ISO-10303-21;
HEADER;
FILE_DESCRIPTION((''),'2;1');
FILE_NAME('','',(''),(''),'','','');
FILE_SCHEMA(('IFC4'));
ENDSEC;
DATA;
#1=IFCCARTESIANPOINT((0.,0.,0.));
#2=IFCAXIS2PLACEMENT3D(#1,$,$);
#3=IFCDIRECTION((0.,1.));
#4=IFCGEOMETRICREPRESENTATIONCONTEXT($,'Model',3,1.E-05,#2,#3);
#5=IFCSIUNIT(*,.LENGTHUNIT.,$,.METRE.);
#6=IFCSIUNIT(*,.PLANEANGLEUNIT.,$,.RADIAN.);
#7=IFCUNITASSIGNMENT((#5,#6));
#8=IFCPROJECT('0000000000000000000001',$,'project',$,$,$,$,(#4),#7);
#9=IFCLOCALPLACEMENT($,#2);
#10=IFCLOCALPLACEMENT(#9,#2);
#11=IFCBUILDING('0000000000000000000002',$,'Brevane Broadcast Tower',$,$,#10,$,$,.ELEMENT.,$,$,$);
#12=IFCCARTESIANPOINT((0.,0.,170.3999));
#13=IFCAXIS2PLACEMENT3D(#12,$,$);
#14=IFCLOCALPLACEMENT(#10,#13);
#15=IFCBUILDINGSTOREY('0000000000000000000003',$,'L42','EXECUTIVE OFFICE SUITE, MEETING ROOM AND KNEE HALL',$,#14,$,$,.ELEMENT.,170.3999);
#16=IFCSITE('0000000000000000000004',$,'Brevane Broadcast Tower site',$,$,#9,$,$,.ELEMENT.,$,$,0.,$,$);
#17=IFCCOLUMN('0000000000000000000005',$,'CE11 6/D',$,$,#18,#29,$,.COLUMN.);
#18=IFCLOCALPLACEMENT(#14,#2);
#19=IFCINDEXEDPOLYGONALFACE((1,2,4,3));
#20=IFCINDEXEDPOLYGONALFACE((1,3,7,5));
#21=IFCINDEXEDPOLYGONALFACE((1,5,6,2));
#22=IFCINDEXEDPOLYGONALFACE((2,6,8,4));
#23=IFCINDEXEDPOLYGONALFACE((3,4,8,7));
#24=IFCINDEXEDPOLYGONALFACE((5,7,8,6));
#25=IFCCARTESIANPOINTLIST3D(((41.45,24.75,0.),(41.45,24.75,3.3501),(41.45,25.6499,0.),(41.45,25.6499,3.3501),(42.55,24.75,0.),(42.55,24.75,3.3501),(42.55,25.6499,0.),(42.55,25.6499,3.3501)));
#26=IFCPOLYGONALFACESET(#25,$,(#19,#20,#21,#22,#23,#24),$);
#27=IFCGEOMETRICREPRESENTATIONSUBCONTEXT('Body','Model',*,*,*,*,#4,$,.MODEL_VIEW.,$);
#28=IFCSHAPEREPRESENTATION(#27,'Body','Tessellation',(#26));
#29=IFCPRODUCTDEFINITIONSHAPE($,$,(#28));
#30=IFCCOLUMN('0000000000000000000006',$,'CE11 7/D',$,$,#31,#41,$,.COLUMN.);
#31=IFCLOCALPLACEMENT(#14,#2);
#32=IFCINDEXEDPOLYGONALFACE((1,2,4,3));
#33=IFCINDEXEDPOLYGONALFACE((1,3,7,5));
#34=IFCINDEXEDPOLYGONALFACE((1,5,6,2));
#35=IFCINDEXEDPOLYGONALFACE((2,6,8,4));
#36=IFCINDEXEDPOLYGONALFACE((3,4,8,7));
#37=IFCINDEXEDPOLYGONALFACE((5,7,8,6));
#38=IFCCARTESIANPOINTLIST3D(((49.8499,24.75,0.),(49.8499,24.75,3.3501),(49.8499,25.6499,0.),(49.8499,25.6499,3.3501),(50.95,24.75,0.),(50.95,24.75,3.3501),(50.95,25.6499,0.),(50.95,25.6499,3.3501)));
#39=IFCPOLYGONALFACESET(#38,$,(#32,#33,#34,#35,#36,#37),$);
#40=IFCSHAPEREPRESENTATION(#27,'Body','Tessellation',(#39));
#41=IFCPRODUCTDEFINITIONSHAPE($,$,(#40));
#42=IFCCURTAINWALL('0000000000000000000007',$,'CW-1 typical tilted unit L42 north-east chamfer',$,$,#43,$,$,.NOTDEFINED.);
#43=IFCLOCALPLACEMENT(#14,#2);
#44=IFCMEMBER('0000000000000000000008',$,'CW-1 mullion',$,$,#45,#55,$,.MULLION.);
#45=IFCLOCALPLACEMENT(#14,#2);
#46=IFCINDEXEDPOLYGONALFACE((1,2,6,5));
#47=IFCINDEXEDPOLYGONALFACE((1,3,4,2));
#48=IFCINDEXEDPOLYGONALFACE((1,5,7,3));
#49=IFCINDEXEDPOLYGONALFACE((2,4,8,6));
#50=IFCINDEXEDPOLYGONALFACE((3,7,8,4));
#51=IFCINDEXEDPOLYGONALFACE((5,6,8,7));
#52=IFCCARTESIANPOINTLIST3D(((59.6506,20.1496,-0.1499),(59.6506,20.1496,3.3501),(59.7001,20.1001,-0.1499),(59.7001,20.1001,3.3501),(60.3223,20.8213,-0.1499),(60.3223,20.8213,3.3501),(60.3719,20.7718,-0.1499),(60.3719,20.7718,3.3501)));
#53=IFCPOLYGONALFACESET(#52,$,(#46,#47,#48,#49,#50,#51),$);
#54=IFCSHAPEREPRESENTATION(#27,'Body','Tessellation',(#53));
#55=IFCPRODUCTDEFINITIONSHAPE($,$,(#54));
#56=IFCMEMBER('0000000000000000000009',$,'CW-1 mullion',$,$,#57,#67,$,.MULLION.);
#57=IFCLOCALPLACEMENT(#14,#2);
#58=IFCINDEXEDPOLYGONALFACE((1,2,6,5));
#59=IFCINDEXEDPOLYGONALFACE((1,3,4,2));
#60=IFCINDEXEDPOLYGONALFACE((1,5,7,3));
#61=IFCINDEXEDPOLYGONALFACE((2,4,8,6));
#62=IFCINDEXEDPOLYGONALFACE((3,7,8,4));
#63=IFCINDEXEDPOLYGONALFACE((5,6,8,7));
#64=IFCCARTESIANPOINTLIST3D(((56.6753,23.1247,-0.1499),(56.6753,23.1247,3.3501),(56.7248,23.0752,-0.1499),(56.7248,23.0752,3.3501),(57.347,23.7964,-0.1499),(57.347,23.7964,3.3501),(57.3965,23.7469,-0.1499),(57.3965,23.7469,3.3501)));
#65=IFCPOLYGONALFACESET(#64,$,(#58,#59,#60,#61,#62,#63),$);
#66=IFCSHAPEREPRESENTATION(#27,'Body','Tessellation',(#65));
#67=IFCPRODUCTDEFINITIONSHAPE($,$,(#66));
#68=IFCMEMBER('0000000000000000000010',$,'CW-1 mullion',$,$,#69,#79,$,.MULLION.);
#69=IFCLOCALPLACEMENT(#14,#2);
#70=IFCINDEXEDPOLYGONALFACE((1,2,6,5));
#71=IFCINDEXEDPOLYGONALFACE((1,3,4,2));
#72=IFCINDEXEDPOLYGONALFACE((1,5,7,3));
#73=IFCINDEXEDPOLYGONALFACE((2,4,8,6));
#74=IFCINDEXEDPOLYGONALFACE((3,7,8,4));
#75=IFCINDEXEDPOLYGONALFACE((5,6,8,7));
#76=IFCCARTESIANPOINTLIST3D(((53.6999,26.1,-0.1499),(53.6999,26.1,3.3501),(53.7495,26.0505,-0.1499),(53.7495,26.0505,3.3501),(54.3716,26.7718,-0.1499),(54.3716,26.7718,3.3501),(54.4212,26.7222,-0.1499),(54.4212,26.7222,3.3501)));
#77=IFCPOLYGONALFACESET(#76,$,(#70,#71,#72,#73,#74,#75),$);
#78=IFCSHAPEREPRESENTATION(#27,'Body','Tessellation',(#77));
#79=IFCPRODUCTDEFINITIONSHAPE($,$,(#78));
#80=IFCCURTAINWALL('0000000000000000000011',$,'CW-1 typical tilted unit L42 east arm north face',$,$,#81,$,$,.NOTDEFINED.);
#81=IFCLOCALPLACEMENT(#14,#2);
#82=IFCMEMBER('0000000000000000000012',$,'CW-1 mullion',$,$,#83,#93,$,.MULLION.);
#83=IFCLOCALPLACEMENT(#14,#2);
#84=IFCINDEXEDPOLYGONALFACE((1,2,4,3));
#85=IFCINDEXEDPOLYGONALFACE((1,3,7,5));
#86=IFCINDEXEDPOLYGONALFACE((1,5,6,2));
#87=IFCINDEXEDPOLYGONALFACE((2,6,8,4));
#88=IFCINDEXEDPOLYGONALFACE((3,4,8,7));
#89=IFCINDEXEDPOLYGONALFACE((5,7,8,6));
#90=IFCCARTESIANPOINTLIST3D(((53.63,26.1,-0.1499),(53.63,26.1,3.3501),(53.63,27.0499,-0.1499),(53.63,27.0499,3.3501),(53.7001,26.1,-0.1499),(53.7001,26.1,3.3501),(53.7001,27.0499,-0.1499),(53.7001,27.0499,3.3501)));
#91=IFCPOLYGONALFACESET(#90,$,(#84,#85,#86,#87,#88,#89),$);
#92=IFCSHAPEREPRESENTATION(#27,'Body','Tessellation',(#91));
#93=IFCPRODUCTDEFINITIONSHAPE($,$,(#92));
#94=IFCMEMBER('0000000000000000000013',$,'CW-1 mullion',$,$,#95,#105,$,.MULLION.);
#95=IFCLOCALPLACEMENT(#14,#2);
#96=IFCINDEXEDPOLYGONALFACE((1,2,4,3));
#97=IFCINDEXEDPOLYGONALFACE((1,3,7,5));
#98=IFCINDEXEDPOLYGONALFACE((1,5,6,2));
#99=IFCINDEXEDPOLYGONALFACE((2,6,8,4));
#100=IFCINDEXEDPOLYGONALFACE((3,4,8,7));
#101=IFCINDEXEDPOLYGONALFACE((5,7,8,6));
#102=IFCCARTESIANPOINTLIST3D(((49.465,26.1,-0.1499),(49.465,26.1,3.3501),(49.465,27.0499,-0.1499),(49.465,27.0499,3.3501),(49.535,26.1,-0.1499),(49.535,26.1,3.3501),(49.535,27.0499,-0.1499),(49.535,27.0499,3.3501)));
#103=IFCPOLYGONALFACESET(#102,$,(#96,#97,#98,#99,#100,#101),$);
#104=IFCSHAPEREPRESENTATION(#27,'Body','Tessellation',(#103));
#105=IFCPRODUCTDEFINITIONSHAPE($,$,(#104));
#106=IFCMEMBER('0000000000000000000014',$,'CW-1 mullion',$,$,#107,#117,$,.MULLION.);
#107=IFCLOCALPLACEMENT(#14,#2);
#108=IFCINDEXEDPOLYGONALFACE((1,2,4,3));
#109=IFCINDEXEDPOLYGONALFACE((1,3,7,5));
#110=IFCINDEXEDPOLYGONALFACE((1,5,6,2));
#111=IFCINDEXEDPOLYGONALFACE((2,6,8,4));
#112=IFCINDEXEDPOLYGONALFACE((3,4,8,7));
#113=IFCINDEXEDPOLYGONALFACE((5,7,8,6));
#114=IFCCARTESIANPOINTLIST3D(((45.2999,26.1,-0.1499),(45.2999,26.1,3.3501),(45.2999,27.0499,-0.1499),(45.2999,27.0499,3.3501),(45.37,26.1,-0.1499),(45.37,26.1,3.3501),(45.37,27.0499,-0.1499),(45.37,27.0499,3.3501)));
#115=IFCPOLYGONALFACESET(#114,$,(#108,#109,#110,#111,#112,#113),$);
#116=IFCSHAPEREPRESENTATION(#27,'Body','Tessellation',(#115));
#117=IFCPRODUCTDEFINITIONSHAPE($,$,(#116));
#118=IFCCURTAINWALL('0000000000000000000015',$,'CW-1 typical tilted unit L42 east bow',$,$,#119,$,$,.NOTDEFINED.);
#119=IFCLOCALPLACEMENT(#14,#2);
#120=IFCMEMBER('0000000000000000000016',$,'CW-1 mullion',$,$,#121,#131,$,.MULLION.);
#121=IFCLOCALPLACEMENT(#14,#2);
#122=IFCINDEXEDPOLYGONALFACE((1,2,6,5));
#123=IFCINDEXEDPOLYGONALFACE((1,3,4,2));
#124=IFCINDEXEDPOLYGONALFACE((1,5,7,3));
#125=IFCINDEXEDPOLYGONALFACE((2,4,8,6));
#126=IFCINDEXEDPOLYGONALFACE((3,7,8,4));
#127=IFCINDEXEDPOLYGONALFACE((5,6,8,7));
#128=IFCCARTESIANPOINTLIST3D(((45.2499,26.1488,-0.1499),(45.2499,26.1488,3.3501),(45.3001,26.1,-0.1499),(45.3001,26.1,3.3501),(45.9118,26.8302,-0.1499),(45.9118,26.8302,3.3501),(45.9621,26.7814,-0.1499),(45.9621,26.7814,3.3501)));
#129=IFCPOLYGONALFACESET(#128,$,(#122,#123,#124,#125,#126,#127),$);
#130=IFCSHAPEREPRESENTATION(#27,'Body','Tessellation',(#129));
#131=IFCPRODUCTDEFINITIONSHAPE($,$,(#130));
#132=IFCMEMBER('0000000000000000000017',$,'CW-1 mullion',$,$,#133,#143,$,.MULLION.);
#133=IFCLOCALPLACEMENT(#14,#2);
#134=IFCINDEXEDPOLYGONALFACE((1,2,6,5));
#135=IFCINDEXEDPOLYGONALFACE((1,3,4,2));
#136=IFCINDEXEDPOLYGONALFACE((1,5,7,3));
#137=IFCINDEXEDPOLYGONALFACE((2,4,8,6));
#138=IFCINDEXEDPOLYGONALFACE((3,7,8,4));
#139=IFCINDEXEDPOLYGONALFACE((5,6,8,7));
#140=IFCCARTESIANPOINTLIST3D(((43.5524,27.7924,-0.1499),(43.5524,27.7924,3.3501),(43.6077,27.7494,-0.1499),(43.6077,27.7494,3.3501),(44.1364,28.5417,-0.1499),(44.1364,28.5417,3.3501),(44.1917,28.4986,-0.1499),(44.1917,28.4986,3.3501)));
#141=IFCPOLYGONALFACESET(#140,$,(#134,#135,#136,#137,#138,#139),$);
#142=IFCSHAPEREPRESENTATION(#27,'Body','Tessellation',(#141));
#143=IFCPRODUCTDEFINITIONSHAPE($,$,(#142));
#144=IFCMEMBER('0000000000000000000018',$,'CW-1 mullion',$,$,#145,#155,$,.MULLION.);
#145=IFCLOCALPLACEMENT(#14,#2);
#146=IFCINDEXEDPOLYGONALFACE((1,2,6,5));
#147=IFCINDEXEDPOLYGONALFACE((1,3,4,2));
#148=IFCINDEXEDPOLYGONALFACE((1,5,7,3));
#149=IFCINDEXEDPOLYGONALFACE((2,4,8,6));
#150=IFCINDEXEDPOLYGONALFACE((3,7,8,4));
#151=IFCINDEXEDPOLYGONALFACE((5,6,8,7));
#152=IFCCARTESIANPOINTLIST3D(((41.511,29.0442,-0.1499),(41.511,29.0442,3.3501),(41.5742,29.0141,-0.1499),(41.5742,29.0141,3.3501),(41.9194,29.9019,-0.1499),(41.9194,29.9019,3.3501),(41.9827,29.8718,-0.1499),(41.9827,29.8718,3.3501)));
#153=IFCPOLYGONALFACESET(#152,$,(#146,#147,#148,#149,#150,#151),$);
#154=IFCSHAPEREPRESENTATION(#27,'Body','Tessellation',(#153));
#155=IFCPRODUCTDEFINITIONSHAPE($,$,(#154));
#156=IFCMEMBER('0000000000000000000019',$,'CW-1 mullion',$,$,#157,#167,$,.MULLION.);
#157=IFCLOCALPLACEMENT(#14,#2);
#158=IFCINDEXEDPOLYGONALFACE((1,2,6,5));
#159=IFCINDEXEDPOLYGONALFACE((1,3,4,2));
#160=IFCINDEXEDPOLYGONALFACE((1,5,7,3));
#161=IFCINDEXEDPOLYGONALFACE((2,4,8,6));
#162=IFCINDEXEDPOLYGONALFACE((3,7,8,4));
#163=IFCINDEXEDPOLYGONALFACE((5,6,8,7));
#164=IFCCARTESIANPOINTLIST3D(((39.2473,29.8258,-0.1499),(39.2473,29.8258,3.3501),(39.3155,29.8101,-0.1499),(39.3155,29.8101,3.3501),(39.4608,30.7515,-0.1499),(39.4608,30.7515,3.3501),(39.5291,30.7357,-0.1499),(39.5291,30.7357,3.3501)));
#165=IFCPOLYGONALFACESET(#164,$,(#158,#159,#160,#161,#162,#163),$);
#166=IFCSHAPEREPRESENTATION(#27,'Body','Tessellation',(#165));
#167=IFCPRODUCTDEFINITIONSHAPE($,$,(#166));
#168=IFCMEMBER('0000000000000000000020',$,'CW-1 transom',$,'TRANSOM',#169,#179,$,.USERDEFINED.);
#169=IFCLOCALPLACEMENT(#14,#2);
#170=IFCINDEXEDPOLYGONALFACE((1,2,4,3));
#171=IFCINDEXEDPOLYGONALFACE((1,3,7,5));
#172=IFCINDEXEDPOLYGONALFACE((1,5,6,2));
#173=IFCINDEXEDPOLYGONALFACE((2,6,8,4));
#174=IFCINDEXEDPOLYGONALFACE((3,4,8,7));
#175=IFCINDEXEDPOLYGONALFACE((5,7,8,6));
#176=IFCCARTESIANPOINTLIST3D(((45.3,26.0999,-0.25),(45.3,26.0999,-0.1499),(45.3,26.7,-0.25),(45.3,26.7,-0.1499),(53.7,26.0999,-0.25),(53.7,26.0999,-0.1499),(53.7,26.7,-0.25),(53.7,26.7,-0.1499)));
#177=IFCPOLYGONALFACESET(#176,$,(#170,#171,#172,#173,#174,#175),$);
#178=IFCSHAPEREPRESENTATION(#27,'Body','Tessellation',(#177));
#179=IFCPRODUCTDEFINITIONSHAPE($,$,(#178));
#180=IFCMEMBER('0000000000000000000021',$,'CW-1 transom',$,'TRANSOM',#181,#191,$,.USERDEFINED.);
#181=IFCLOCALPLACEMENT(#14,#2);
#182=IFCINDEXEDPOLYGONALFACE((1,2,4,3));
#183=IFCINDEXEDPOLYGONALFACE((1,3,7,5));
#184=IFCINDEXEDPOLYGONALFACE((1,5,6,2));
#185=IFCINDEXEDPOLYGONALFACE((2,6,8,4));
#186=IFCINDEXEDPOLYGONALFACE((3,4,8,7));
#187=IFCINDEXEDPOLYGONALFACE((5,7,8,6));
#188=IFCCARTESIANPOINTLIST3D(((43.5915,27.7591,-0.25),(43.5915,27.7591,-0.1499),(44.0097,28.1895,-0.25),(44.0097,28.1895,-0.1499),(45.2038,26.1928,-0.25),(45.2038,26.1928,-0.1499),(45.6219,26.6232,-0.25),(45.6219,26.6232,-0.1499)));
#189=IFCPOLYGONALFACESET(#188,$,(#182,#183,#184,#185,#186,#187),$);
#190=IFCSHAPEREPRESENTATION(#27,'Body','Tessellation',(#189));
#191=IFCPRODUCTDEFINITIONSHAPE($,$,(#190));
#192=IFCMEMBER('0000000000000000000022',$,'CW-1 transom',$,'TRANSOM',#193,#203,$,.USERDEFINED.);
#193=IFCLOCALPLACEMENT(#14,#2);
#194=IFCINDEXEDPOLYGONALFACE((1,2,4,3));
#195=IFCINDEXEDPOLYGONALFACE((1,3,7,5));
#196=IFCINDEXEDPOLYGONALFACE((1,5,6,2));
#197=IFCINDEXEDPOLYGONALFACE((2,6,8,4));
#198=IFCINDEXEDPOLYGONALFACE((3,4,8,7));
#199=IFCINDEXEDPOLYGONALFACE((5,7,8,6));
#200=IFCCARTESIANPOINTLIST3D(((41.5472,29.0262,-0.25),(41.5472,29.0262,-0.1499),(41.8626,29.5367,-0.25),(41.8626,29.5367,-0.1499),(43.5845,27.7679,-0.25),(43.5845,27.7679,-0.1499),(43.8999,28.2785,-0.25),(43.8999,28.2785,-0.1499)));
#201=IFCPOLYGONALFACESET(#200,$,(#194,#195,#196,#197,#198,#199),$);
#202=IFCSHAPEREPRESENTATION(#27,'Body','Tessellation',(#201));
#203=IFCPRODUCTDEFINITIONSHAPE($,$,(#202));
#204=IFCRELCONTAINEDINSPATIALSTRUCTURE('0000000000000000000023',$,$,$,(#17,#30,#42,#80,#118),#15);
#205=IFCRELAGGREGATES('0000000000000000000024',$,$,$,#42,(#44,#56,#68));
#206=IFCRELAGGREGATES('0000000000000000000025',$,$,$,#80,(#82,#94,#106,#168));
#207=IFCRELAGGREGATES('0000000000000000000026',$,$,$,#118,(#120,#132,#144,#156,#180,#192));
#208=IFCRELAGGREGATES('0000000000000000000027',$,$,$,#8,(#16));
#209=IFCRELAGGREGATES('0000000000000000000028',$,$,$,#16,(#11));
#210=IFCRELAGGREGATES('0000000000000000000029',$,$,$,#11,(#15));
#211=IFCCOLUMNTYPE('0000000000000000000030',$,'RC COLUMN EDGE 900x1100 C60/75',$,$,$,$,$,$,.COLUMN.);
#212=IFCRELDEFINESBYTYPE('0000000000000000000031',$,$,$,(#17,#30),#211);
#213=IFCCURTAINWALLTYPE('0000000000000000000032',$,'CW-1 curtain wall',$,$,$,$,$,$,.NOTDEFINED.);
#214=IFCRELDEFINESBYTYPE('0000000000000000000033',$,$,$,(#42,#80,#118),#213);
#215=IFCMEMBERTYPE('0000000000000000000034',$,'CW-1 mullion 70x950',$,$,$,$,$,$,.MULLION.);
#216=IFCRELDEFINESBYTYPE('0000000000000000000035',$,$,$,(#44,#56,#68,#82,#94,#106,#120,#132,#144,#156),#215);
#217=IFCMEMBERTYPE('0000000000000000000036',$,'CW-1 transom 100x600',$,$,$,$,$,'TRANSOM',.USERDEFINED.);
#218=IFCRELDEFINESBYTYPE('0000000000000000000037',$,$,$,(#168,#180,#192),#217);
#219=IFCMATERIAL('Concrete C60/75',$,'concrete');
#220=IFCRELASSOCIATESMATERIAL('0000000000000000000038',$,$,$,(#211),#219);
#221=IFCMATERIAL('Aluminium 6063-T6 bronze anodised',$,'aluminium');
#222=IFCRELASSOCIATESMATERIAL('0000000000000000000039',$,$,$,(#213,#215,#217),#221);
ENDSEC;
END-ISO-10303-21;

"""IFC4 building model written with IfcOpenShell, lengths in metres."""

from ifc_helpers import new_model, si_unit, direction, frame, origin, origin_2d, place, context, subcontext, project, spatial, rectangle, extrude, material, material_profile, profile_set, type_object, element, aggregate, save


model = new_model("IFC4")

# Units and contexts
model_context = context("Model", 3, precision=1e-05, world=origin(), true_north=direction((0.0, 1.0)))
body_context = subcontext(model_context, "Body", "Model", "MODEL_VIEW")
ifc_project = project(units=[si_unit("LENGTHUNIT", "METRE"), si_unit("PLANEANGLEUNIT", "RADIAN")], contexts=[model_context])

# Site, building, storey
site_placement = place(None, origin())
site = spatial("IfcSite", under=ifc_project, at=site_placement, Name="Brevane Broadcast Tower site", CompositionType="ELEMENT", RefElevation=0.0)
building_placement = place(site_placement, origin())
building = spatial("IfcBuilding", under=site, at=building_placement, Name="Brevane Broadcast Tower", CompositionType="ELEMENT")
storey_placement = place(building_placement, frame((0.0, 0.0, 170.3999)))
storey = spatial("IfcBuildingStorey", under=building, at=storey_placement, Name="L42", Description="EXECUTIVE OFFICE SUITE, MEETING ROOM AND KNEE HALL", CompositionType="ELEMENT", Elevation=170.3999)

# Columns
ifc_material_1 = material(Name="Concrete C60/75", Category="concrete")
ifc_material_profile_1 = material_profile(ifc_material_1, rectangle(XDim=0.8999, YDim=1.1001, at=origin_2d()), Name="RC 900x1100")
ifc_profile_set_1 = profile_set([ifc_material_profile_1], Name="Concrete C60/75")
column_type = type_object("IfcColumnType", Name="RC COLUMN EDGE 900x1100 C60/75", PredefinedType="COLUMN", material=ifc_profile_set_1)
for number, where, z_axis, x_axis, name in (
    (1, (42.0, 25.2, 0.0), (0.0, 0.0, 1.0), (0.0, 1.0, 0.0), "CE11 6/D"),
    (2, (50.3999, 25.2, 0.0), (0.0, 0.0, 1.0), (0.0, 1.0, 0.0), "CE11 7/D"),
):
    element("IfcColumn", number, at=place(storey_placement, frame(where, z_axis=z_axis, x_axis=x_axis)), inside=storey, type_object=column_type, Name=name, PredefinedType="COLUMN", context=body_context, shape_type="SweptSolid", body=[
        extrude(rectangle(XDim=0.8999, YDim=1.1001, at=origin_2d()), origin(), (0.0, 0.0, 1.0), 3.3501),
    ])

# Curtain walls, members
ifc_material_2 = material(Name="Aluminium 6063-T6 bronze anodised", Category="aluminium")
curtain_wall_type = type_object("IfcCurtainWallType", Name="CW-1 curtain wall", PredefinedType="NOTDEFINED", material=ifc_material_2)
curtain_wall_1_placement = place(storey_placement, origin())
curtain_wall_1 = element("IfcCurtainWall", 3, at=curtain_wall_1_placement, inside=storey, type_object=curtain_wall_type, Name="CW-1 typical tilted unit L42 north-east chamfer", PredefinedType="NOTDEFINED")
ifc_material_profile_2 = material_profile(ifc_material_2, rectangle(XDim=0.95, YDim=0.0701, at=origin_2d()), Name="RECT 70x950")
ifc_profile_set_2 = profile_set([ifc_material_profile_2], Name="Aluminium 6063-T6 bronze anodised")
member_type_1 = type_object("IfcMemberType", Name="CW-1 mullion 70x950", PredefinedType="MULLION", material=ifc_profile_set_2)
member_1_placement = place(storey_placement, frame((60.0112, 20.4607, -0.1499), z_axis=(0.0, 0.0, 1.0), x_axis=(-0.707107, -0.707107, 0.0)))
member_1 = element("IfcMember", 4, at=member_1_placement, type_object=member_type_1, Name="CW-1 mullion", PredefinedType="MULLION", context=body_context, shape_type="SweptSolid", body=[
    extrude(rectangle(XDim=0.95, YDim=0.0701, at=origin_2d()), origin(), (0.0, 0.0, 1.0), 3.5),
])
member_2_placement = place(storey_placement, frame((57.0359, 23.4358, -0.1499), z_axis=(0.0, 0.0, 1.0), x_axis=(-0.707107, -0.707107, 0.0)))
member_2 = element("IfcMember", 5, at=member_2_placement, type_object=member_type_1, Name="CW-1 mullion", PredefinedType="MULLION", context=body_context, shape_type="SweptSolid", body=[
    extrude(rectangle(XDim=0.95, YDim=0.0701, at=origin_2d()), origin(), (0.0, 0.0, 1.0), 3.5),
])
member_3_placement = place(storey_placement, frame((54.0605, 26.4111, -0.1499), z_axis=(0.0, 0.0, 1.0), x_axis=(-0.707107, -0.707107, 0.0)))
member_3 = element("IfcMember", 6, at=member_3_placement, type_object=member_type_1, Name="CW-1 mullion", PredefinedType="MULLION", context=body_context, shape_type="SweptSolid", body=[
    extrude(rectangle(XDim=0.95, YDim=0.0701, at=origin_2d()), origin(), (0.0, 0.0, 1.0), 3.5),
])
aggregate(curtain_wall_1, [member_1, member_2, member_3])
curtain_wall_2_placement = place(storey_placement, origin())
curtain_wall_2 = element("IfcCurtainWall", 7, at=curtain_wall_2_placement, inside=storey, type_object=curtain_wall_type, Name="CW-1 typical tilted unit L42 east arm north face", PredefinedType="NOTDEFINED")
member_4_placement = place(storey_placement, frame((53.665, 26.575, -0.1499), z_axis=(0.0, 0.0, 1.0), x_axis=(0.0, -1.0, 0.0)))
member_4 = element("IfcMember", 8, at=member_4_placement, type_object=member_type_1, Name="CW-1 mullion", PredefinedType="MULLION", context=body_context, shape_type="SweptSolid", body=[
    extrude(rectangle(XDim=0.95, YDim=0.0701, at=origin_2d()), origin(), (0.0, 0.0, 1.0), 3.5),
])
member_5_placement = place(storey_placement, frame((49.5, 26.575, -0.1499), z_axis=(0.0, 0.0, 1.0), x_axis=(0.0, -1.0, 0.0)))
member_5 = element("IfcMember", 9, at=member_5_placement, type_object=member_type_1, Name="CW-1 mullion", PredefinedType="MULLION", context=body_context, shape_type="SweptSolid", body=[
    extrude(rectangle(XDim=0.95, YDim=0.0701, at=origin_2d()), origin(), (0.0, 0.0, 1.0), 3.5),
])
member_6_placement = place(storey_placement, frame((45.335, 26.575, -0.1499), z_axis=(0.0, 0.0, 1.0), x_axis=(0.0, -1.0, 0.0)))
member_6 = element("IfcMember", 10, at=member_6_placement, type_object=member_type_1, Name="CW-1 mullion", PredefinedType="MULLION", context=body_context, shape_type="SweptSolid", body=[
    extrude(rectangle(XDim=0.95, YDim=0.0701, at=origin_2d()), origin(), (0.0, 0.0, 1.0), 3.5),
])
curtain_wall_3_placement = place(storey_placement, origin())
curtain_wall_3 = element("IfcCurtainWall", 11, at=curtain_wall_3_placement, inside=storey, type_object=curtain_wall_type, Name="CW-1 typical tilted unit L42 east bow", PredefinedType="NOTDEFINED")
member_7_placement = place(storey_placement, frame((45.606, 26.4651, -0.1499), z_axis=(0.0, 0.0, 1.0), x_axis=(-0.696812, -0.717254, 0.0)))
member_7 = element("IfcMember", 12, at=member_7_placement, type_object=member_type_1, Name="CW-1 mullion", PredefinedType="MULLION", context=body_context, shape_type="SweptSolid", body=[
    extrude(rectangle(XDim=0.95, YDim=0.0701, at=origin_2d()), origin(), (0.0, 0.0, 1.0), 3.5),
])
member_8_placement = place(storey_placement, frame((43.8721, 28.1455, -0.1499), z_axis=(0.0, 0.0, 1.0), x_axis=(-0.61477, -0.788707, 0.0)))
member_8 = element("IfcMember", 13, at=member_8_placement, type_object=member_type_1, Name="CW-1 mullion", PredefinedType="MULLION", context=body_context, shape_type="SweptSolid", body=[
    extrude(rectangle(XDim=0.95, YDim=0.0701, at=origin_2d()), origin(), (0.0, 0.0, 1.0), 3.5),
])
member_9_placement = place(storey_placement, frame((41.7468, 29.458, -0.1499), z_axis=(0.0, 0.0, 1.0), x_axis=(-0.429934, -0.902861, 0.0)))
member_9 = element("IfcMember", 14, at=member_9_placement, type_object=member_type_1, Name="CW-1 mullion", PredefinedType="MULLION", context=body_context, shape_type="SweptSolid", body=[
    extrude(rectangle(XDim=0.95, YDim=0.0701, at=origin_2d()), origin(), (0.0, 0.0, 1.0), 3.5),
])
member_10_placement = place(storey_placement, frame((39.3882, 30.2808, -0.1499), z_axis=(0.0, 0.0, 1.0), x_axis=(-0.224807, -0.974403, 0.0)))
member_10 = element("IfcMember", 15, at=member_10_placement, type_object=member_type_1, Name="CW-1 mullion", PredefinedType="MULLION", context=body_context, shape_type="SweptSolid", body=[
    extrude(rectangle(XDim=0.95, YDim=0.0701, at=origin_2d()), origin(), (0.0, 0.0, 1.0), 3.5),
])

# Members
ifc_material_profile_3 = material_profile(ifc_material_2, rectangle(XDim=0.6001, YDim=0.1001, at=origin_2d()), Name="RECT 100x600")
ifc_profile_set_3 = profile_set([ifc_material_profile_3], Name="Aluminium 6063-T6 bronze anodised")
member_type_2 = type_object("IfcMemberType", Name="CW-1 transom 100x600", ElementType="TRANSOM", PredefinedType="USERDEFINED", material=ifc_profile_set_3)
member_11_placement = place(storey_placement, frame((53.7, 26.3999, -0.2), z_axis=(-1.0, 0.0, 0.0), x_axis=(0.0, -1.0, 0.0)))
member_11 = element("IfcMember", 16, at=member_11_placement, type_object=member_type_2, Name="CW-1 transom", ObjectType="TRANSOM", PredefinedType="USERDEFINED", context=body_context, shape_type="SweptSolid", body=[
    extrude(rectangle(XDim=0.6001, YDim=0.1001, at=origin_2d()), origin(), (0.0, 0.0, 1.0), 8.3999),
])
aggregate(curtain_wall_2, [member_4, member_5, member_6, member_11])
member_12_placement = place(storey_placement, frame((45.4128, 26.408, -0.2), z_axis=(-0.717242, 0.696824, 0.0), x_axis=(-0.696824, -0.717242, 0.0)))
member_12 = element("IfcMember", 17, at=member_12_placement, type_object=member_type_2, Name="CW-1 transom", ObjectType="TRANSOM", PredefinedType="USERDEFINED", context=body_context, shape_type="SweptSolid", body=[
    extrude(rectangle(XDim=0.6001, YDim=0.1001, at=origin_2d()), origin(), (0.0, 0.0, 1.0), 2.2478),
])
member_13_placement = place(storey_placement, frame((43.7422, 28.0232, -0.2), z_axis=(-0.85081, 0.525473, 0.0), x_axis=(-0.525473, -0.85081, 0.0)))
member_13 = element("IfcMember", 18, at=member_13_placement, type_object=member_type_2, Name="CW-1 transom", ObjectType="TRANSOM", PredefinedType="USERDEFINED", context=body_context, shape_type="SweptSolid", body=[
    extrude(rectangle(XDim=0.6001, YDim=0.1001, at=origin_2d()), origin(), (0.0, 0.0, 1.0), 2.3945),
])
aggregate(curtain_wall_3, [member_7, member_8, member_9, member_10, member_12, member_13])

save(model, "model.ifc")
